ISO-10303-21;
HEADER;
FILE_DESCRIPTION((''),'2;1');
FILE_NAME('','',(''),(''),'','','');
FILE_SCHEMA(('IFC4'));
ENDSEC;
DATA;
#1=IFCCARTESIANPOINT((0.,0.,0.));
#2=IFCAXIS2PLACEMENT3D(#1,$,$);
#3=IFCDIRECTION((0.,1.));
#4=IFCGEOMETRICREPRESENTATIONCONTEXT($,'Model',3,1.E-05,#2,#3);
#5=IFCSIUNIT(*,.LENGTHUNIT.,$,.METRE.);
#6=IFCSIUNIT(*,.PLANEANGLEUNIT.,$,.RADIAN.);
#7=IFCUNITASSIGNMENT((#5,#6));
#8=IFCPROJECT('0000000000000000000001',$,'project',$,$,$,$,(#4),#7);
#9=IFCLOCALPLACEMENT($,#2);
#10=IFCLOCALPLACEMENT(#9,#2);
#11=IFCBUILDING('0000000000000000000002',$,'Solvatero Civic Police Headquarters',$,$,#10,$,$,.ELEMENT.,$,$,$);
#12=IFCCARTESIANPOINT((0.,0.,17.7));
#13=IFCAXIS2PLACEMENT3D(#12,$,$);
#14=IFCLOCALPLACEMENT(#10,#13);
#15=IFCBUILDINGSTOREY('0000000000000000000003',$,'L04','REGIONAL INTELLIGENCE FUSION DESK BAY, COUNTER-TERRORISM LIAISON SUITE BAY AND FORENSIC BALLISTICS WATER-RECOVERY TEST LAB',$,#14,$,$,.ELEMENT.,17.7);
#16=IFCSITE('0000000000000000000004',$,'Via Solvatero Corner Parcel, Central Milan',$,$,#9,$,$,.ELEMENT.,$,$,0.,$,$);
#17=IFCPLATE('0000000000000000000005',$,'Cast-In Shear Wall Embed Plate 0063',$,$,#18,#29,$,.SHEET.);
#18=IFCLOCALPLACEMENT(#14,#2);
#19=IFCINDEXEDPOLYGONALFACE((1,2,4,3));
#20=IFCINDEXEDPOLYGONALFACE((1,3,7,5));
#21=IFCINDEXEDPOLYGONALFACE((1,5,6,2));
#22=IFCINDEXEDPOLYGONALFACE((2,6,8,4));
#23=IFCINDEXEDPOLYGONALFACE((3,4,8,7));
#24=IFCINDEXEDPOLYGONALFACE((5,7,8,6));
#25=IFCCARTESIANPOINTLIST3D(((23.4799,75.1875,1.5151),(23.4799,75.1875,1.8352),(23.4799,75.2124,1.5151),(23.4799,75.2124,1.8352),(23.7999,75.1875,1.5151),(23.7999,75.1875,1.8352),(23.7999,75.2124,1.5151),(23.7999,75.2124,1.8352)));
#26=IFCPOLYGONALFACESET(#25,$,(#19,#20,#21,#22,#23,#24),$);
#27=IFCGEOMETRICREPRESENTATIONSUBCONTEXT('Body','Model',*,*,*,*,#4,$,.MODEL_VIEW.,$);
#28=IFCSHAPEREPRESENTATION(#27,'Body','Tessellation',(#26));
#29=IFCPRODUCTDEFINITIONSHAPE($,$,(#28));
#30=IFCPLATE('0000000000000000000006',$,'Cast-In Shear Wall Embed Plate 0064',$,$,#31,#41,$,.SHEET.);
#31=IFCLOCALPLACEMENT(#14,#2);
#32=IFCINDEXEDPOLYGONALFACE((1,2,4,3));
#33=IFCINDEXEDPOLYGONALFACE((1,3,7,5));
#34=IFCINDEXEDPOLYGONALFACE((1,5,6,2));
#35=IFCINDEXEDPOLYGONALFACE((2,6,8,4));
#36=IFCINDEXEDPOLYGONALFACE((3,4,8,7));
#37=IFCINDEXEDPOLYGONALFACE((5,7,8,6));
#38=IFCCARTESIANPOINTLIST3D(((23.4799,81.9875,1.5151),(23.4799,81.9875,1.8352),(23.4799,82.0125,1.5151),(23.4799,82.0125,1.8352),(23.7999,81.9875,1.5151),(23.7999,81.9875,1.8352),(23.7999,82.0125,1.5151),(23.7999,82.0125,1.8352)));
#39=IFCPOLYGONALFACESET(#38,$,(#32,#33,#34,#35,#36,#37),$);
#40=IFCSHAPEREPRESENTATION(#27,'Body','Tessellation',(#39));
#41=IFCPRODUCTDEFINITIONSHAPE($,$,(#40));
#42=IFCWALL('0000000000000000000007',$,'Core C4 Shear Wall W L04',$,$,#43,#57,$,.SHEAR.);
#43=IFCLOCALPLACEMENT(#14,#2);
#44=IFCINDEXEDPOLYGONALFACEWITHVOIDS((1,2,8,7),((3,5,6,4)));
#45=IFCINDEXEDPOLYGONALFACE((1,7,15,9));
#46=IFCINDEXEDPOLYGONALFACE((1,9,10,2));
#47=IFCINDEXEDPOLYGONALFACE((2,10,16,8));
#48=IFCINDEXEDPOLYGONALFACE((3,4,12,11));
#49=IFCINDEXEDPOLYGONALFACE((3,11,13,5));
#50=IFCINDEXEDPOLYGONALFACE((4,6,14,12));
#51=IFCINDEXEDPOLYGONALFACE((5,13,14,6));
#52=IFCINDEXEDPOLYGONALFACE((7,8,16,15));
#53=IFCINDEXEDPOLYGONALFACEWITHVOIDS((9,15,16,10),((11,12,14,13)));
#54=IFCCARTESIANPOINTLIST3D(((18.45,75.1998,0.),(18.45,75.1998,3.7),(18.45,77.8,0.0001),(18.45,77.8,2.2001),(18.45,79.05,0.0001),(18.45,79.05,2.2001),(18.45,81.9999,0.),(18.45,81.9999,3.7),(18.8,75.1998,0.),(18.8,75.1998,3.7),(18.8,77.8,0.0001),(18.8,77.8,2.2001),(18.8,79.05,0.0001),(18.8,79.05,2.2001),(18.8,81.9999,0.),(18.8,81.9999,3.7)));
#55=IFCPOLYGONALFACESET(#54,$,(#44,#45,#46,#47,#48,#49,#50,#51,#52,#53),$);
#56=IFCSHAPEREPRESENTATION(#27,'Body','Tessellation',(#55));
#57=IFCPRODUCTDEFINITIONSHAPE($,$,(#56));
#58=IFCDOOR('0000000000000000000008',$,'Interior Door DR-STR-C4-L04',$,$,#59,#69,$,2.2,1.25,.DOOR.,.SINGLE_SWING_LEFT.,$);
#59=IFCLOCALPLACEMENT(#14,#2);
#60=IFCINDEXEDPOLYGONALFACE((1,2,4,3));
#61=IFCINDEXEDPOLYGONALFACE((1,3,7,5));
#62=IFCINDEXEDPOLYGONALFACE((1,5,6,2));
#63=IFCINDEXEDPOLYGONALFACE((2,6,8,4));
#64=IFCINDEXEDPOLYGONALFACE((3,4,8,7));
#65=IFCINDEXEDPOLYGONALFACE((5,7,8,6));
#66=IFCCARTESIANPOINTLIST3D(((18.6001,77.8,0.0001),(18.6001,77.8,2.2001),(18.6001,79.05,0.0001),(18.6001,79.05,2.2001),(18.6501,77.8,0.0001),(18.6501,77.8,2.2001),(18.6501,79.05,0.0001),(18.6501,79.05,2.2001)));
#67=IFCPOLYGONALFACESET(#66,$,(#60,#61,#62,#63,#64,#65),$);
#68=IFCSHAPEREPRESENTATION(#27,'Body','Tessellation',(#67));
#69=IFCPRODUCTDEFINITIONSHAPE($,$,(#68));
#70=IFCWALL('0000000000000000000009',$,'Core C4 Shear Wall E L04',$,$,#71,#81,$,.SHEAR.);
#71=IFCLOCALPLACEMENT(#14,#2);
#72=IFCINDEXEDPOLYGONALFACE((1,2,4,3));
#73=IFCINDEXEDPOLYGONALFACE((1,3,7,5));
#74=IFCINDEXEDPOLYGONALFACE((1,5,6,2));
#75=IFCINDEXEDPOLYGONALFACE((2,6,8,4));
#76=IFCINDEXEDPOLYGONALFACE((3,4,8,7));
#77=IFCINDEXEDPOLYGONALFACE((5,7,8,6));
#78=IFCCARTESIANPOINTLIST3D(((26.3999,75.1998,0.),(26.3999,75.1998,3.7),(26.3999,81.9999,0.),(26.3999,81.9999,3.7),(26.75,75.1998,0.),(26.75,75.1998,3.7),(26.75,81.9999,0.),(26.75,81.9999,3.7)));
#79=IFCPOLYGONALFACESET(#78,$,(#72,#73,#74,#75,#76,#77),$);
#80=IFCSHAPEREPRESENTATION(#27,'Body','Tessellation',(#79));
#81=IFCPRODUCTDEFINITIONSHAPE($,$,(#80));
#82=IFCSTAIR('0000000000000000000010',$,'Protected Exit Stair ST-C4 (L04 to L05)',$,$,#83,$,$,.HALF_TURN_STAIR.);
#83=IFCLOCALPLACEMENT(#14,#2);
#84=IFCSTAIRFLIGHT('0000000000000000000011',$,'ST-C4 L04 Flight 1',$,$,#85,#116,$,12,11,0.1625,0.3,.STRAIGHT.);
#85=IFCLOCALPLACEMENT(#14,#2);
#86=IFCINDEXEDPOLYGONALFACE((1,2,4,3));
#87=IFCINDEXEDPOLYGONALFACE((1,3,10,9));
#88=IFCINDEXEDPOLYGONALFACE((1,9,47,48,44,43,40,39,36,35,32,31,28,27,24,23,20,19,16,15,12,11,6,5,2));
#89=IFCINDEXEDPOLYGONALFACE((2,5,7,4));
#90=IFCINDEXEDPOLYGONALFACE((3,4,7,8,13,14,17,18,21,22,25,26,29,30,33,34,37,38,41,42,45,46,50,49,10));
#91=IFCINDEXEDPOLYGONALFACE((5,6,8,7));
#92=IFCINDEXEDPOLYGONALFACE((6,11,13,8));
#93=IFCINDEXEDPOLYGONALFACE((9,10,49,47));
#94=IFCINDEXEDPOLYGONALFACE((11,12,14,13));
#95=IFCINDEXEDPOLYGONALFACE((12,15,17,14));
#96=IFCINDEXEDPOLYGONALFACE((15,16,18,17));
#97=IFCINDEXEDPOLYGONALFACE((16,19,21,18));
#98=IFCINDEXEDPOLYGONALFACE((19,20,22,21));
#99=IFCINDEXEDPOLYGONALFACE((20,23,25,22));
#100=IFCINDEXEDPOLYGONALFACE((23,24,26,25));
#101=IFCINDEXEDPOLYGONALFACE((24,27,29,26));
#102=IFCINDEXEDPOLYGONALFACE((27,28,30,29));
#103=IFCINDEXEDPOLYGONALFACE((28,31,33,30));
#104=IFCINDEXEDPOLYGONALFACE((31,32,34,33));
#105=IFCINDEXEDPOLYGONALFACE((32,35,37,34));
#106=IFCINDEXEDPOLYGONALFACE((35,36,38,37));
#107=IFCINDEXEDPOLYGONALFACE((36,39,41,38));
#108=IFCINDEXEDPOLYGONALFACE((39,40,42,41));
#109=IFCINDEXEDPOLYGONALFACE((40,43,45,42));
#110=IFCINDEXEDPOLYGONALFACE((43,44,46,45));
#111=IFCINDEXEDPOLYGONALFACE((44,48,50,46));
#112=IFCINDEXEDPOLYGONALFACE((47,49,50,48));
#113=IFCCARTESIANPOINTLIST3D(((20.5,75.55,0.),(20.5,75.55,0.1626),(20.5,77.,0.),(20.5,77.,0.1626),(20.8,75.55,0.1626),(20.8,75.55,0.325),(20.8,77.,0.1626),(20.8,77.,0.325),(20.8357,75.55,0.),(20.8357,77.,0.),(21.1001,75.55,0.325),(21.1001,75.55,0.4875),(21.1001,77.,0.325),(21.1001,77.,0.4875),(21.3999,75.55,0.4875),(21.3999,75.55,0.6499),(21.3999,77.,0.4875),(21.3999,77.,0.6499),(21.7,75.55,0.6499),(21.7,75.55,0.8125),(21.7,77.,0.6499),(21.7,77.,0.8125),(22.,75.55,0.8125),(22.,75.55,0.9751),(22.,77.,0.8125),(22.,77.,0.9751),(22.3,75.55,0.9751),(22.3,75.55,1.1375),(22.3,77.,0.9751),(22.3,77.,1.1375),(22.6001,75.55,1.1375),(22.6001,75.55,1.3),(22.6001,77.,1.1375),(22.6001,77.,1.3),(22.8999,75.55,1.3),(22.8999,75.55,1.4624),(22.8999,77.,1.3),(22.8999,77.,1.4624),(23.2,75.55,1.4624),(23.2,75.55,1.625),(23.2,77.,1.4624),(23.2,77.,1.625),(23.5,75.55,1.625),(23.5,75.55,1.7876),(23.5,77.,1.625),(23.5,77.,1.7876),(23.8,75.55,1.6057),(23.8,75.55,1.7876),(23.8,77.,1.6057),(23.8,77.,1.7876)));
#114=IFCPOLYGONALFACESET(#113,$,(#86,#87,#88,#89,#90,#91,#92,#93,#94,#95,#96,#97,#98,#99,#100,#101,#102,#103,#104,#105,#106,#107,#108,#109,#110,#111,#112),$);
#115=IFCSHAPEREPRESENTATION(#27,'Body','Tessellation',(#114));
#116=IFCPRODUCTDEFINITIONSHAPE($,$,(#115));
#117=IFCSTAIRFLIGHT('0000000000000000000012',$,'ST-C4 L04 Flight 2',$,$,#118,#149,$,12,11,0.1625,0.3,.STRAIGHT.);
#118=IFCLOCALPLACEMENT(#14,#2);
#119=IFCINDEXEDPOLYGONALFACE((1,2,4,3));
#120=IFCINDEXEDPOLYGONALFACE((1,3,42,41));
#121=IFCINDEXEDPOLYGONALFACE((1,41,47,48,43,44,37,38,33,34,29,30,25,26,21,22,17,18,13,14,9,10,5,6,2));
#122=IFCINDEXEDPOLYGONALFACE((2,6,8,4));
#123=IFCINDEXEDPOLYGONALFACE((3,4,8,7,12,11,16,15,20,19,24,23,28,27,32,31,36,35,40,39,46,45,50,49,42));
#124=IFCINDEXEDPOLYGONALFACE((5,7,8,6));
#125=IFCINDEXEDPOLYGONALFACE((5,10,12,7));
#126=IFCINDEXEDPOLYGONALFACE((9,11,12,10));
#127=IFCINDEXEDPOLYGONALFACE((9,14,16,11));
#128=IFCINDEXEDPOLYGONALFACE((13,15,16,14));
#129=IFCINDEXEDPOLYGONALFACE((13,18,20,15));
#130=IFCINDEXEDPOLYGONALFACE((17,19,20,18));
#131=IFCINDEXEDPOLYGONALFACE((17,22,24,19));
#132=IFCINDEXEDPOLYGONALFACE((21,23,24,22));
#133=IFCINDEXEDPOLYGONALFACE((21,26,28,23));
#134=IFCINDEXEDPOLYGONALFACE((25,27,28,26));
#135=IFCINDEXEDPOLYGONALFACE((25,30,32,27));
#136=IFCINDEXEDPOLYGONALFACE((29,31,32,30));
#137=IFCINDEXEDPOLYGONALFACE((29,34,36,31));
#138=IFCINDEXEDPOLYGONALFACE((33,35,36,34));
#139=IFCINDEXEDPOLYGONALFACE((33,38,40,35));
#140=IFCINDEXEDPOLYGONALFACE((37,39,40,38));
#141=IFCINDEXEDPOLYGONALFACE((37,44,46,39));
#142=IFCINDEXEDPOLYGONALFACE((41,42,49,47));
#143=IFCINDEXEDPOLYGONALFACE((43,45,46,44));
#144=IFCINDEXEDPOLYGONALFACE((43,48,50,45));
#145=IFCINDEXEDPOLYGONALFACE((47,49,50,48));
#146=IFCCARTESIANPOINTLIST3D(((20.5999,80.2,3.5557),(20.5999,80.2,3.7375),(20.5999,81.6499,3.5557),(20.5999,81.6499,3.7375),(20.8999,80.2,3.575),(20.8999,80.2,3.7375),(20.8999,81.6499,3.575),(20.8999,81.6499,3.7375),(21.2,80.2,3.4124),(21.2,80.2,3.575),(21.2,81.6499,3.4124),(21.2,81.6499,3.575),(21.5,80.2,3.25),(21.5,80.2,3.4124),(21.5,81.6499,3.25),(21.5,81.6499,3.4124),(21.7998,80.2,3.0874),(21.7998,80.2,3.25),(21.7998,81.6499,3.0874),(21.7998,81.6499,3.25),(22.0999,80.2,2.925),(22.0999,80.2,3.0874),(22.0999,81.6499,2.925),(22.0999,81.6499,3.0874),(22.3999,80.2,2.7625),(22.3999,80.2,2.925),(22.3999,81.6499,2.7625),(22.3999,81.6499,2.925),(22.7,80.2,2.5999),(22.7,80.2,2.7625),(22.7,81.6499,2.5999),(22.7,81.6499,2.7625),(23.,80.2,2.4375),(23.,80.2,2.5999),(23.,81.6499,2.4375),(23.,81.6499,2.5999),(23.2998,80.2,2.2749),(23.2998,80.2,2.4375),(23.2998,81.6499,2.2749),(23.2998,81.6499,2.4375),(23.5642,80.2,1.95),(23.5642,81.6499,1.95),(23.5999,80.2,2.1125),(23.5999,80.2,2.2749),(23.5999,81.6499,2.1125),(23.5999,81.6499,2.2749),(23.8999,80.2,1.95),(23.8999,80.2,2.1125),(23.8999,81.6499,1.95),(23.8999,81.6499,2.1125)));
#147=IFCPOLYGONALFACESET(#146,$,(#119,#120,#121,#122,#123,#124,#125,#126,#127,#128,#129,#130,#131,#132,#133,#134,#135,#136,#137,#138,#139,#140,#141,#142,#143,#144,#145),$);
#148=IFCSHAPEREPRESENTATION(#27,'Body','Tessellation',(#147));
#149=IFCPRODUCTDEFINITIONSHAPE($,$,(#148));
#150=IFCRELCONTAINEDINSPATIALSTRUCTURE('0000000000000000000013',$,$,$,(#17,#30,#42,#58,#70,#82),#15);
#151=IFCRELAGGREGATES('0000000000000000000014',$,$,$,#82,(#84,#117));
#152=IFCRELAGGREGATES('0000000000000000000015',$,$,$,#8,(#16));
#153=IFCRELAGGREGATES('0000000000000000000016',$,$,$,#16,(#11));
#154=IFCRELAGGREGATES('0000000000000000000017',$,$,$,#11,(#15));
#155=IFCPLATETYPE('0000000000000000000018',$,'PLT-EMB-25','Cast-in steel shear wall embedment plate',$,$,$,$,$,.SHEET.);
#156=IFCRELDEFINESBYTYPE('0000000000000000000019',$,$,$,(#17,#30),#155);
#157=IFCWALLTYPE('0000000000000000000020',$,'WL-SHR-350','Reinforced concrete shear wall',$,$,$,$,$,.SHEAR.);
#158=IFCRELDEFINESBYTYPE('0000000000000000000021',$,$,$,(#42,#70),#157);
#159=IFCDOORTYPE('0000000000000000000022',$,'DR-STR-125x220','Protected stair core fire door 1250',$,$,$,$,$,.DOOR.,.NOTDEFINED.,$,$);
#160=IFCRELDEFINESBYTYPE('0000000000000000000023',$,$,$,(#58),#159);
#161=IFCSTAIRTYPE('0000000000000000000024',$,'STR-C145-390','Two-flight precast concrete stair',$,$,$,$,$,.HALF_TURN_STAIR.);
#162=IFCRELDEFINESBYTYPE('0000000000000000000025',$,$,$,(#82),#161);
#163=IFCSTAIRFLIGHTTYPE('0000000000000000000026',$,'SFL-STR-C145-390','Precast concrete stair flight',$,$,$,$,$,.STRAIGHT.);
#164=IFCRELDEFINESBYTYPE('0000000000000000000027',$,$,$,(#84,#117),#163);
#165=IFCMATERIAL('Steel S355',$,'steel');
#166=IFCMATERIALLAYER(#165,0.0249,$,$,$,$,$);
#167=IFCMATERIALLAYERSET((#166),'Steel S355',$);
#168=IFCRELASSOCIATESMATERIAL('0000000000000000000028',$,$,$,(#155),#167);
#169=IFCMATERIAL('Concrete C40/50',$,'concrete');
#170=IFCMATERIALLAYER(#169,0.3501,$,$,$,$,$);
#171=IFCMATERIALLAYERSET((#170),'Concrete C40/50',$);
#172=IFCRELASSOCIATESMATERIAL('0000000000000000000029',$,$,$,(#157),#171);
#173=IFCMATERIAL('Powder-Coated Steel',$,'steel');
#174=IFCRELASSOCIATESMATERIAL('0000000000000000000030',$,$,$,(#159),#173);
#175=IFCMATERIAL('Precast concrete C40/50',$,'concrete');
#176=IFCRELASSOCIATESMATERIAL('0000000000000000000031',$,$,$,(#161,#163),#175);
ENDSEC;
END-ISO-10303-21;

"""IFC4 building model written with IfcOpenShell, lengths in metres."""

from ifc_helpers import new_model, si_unit, direction, frame, frame_2d, origin, origin_2d, place, context, subcontext, project, spatial, polyline, rectangle, outline, extrude, material, layer, layer_set, type_object, element, fill, aggregate, save


model = new_model("IFC4")

# Units and contexts
model_context = context("Model", 3, precision=1e-05, world=origin(), true_north=direction((0.0, 1.0)))
body_context = subcontext(model_context, "Body", "Model", "MODEL_VIEW")
ifc_project = project(units=[si_unit("LENGTHUNIT", "METRE"), si_unit("PLANEANGLEUNIT", "RADIAN")], contexts=[model_context])

# Site, building, storey
site_placement = place(None, origin())
site = spatial("IfcSite", under=ifc_project, at=site_placement, Name="Via Solvatero Corner Parcel, Central Milan", CompositionType="ELEMENT", RefElevation=0.0)
building_placement = place(site_placement, origin())
building = spatial("IfcBuilding", under=site, at=building_placement, Name="Solvatero Civic Police Headquarters", CompositionType="ELEMENT")
storey_placement = place(building_placement, frame((0.0, 0.0, 17.7)))
storey = spatial("IfcBuildingStorey", under=building, at=storey_placement, Name="L04", Description="REGIONAL INTELLIGENCE FUSION DESK BAY, COUNTER-TERRORISM LIAISON SUITE BAY AND FORENSIC BALLISTICS WATER-RECOVERY TEST LAB", CompositionType="ELEMENT", Elevation=17.7)

# Shared definitions
ifc_material_1 = material(Name="Steel S355", Category="steel")

# Plates
ifc_layer_1 = layer(ifc_material_1, 0.0249)
ifc_layer_set_1 = layer_set([ifc_layer_1], Name="Steel S355")
plate_type_1 = type_object("IfcPlateType", Name="PLT-EMB-25", Description="Cast-in steel shear wall embedment plate", PredefinedType="SHEET", material=ifc_layer_set_1)
for number, where, z_axis, x_axis, name in (
    (1, (23.6399, 75.2, 1.5151), (0.0, 0.0, 1.0), (1.0, 0.0, 0.0), "Cast-In Shear Wall Embed Plate 0063"),
    (2, (23.6399, 82.0, 1.5151), (0.0, 0.0, 1.0), (1.0, 0.0, 0.0), "Cast-In Shear Wall Embed Plate 0064"),
):
    element("IfcPlate", number, at=place(storey_placement, frame(where, z_axis=z_axis, x_axis=x_axis)), inside=storey, type_object=plate_type_1, Name=name, PredefinedType="SHEET", context=body_context, shape_type="SweptSolid", body=[
        extrude(rectangle(XDim=0.3201, YDim=0.0249, at=origin_2d()), origin(), (0.0, 0.0, 1.0), 0.3201),
    ])

# Wall, opening, door
ifc_material_2 = material(Name="Concrete C40/50", Category="concrete")
ifc_layer_2 = layer(ifc_material_2, 0.3501)
ifc_layer_set_2 = layer_set([ifc_layer_2], Name="Concrete C40/50")
wall_type = type_object("IfcWallType", Name="WL-SHR-350", Description="Reinforced concrete shear wall", PredefinedType="SHEAR", material=ifc_layer_set_2)
wall_1_placement = place(storey_placement, frame((18.625, 75.2, 0.0), z_axis=(0.0, 0.0, 1.0), x_axis=(0.0, 1.0, 0.0)))
wall_1 = element("IfcWall", 3, at=wall_1_placement, inside=storey, type_object=wall_type, Name="Core C4 Shear Wall W L04", PredefinedType="SHEAR", context=body_context, shape_type="SweptSolid", body=[
    extrude(rectangle(XDim=6.8, YDim=0.3501, at=frame_2d((3.3999, 0.0))), origin(), (0.0, 0.0, 1.0), 3.7),
])
opening_placement = place(wall_1_placement, frame((2.6001, 0.0, 0.0)))
opening = element("IfcOpeningElement", 4, at=opening_placement, cuts=wall_1, PredefinedType="OPENING", context=body_context, shape_type="SweptSolid", body=[
    extrude(rectangle(XDim=1.25, YDim=2.2, at=frame_2d((0.625, 1.1001))), frame((0.0, 0.1851, 0.0), z_axis=(0.0, -1.0, 0.0), x_axis=(1.0, 0.0, 0.0)), (0.0, 0.0, 1.0), 0.3701),
])
ifc_material_3 = material(Name="Powder-Coated Steel", Category="steel")
door_type = type_object("IfcDoorType", Name="DR-STR-125x220", Description="Protected stair core fire door 1250", OperationType="NOTDEFINED", PredefinedType="DOOR", material=ifc_material_3)
door_placement = place(opening_placement, origin())
door = element("IfcDoor", 5, at=door_placement, inside=storey, type_object=door_type, Name="Interior Door DR-STR-C4-L04", OperationType="SINGLE_SWING_LEFT", OverallHeight=2.2, OverallWidth=1.25, PredefinedType="DOOR", context=body_context, shape_type="SweptSolid", body=[
    extrude(rectangle(XDim=1.25, YDim=2.2, at=frame_2d((0.625, 1.1001))), frame((0.0, 0.0249, 0.0), z_axis=(0.0, -1.0, 0.0), x_axis=(1.0, 0.0, 0.0)), (0.0, 0.0, 1.0), 0.05),
])
fill(opening, door)

# Wall
wall_2_placement = place(storey_placement, frame((26.575, 75.2, 0.0), z_axis=(0.0, 0.0, 1.0), x_axis=(0.0, 1.0, 0.0)))
element("IfcWall", 6, at=wall_2_placement, inside=storey, type_object=wall_type, Name="Core C4 Shear Wall E L04", PredefinedType="SHEAR", context=body_context, shape_type="SweptSolid", body=[
    extrude(rectangle(XDim=6.8, YDim=0.3501, at=frame_2d((3.3999, 0.0))), origin(), (0.0, 0.0, 1.0), 3.7),
])

# Stair, stair flights
ifc_material_4 = material(Name="Precast concrete C40/50", Category="concrete")
stair_type = type_object("IfcStairType", Name="STR-C145-390", Description="Two-flight precast concrete stair", PredefinedType="HALF_TURN_STAIR", material=ifc_material_4)
stair_placement = place(storey_placement, origin())
stair = element("IfcStair", 7, at=stair_placement, inside=storey, type_object=stair_type, Name="Protected Exit Stair ST-C4 (L04 to L05)", PredefinedType="HALF_TURN_STAIR")
stair_flight_type = type_object("IfcStairFlightType", Name="SFL-STR-C145-390", Description="Precast concrete stair flight", PredefinedType="STRAIGHT", material=ifc_material_4)
stair_flight_1_placement = place(storey_placement, frame((20.5, 76.2749, 0.0), z_axis=(0.0, 0.0, 1.0), x_axis=(1.0, 0.0, 0.0)))
stair_flight_1 = element("IfcStairFlight", 8, at=stair_flight_1_placement, type_object=stair_flight_type, Name="ST-C4 L04 Flight 1", NumberOfRisers=12, NumberOfTreads=11, PredefinedType="STRAIGHT", RiserHeight=0.1625, TreadLength=0.3, context=body_context, shape_type="SweptSolid", body=[
    extrude(outline(polyline([(0.0, 0.0), (0.0, 0.1626), (0.3, 0.1626), (0.3, 0.325), (0.6001, 0.325), (0.6001, 0.4875), (0.8999, 0.4875), (0.8999, 0.6499), (1.2, 0.6499), (1.2, 0.8125), (1.5, 0.8125), (1.5, 0.9751), (1.8, 0.9751), (1.8, 1.1375), (2.1001, 1.1375), (2.1001, 1.3), (2.3999, 1.3), (2.3999, 1.4624), (2.7, 1.4624), (2.7, 1.625), (3.0, 1.625), (3.0, 1.7876), (3.3, 1.7876), (3.3, 1.95), (3.3, 1.6057), (0.3357, 0.0), (0.0, 0.0)])), frame((0.0, 0.7251, 0.0), z_axis=(0.0, -1.0, 0.0), x_axis=(1.0, 0.0, 0.0)), (0.0, 0.0, 1.0), 1.45),
])
stair_flight_2_placement = place(storey_placement, frame((23.8999, 80.925, 1.95), z_axis=(0.0, 0.0, 1.0), x_axis=(-1.0, 0.0, 0.0)))
stair_flight_2 = element("IfcStairFlight", 9, at=stair_flight_2_placement, type_object=stair_flight_type, Name="ST-C4 L04 Flight 2", NumberOfRisers=12, NumberOfTreads=11, PredefinedType="STRAIGHT", RiserHeight=0.1625, TreadLength=0.3, context=body_context, shape_type="SweptSolid", body=[
    extrude(outline(polyline([(0.0, 0.0), (0.0, 0.1626), (0.3, 0.1626), (0.3, 0.325), (0.6001, 0.325), (0.6001, 0.4875), (0.8999, 0.4875), (0.8999, 0.6499), (1.2, 0.6499), (1.2, 0.8125), (1.5, 0.8125), (1.5, 0.9751), (1.8, 0.9751), (1.8, 1.1375), (2.1001, 1.1375), (2.1001, 1.3), (2.3999, 1.3), (2.3999, 1.4624), (2.7, 1.4624), (2.7, 1.625), (3.0, 1.625), (3.0, 1.7876), (3.3, 1.7876), (3.3, 1.95), (3.3, 1.6057), (0.3357, 0.0), (0.0, 0.0)])), frame((0.0, 0.7251, 0.0), z_axis=(0.0, -1.0, 0.0), x_axis=(1.0, 0.0, 0.0)), (0.0, 0.0, 1.0), 1.45),
])
aggregate(stair, [stair_flight_1, stair_flight_2])

save(model, "model.ifc")
